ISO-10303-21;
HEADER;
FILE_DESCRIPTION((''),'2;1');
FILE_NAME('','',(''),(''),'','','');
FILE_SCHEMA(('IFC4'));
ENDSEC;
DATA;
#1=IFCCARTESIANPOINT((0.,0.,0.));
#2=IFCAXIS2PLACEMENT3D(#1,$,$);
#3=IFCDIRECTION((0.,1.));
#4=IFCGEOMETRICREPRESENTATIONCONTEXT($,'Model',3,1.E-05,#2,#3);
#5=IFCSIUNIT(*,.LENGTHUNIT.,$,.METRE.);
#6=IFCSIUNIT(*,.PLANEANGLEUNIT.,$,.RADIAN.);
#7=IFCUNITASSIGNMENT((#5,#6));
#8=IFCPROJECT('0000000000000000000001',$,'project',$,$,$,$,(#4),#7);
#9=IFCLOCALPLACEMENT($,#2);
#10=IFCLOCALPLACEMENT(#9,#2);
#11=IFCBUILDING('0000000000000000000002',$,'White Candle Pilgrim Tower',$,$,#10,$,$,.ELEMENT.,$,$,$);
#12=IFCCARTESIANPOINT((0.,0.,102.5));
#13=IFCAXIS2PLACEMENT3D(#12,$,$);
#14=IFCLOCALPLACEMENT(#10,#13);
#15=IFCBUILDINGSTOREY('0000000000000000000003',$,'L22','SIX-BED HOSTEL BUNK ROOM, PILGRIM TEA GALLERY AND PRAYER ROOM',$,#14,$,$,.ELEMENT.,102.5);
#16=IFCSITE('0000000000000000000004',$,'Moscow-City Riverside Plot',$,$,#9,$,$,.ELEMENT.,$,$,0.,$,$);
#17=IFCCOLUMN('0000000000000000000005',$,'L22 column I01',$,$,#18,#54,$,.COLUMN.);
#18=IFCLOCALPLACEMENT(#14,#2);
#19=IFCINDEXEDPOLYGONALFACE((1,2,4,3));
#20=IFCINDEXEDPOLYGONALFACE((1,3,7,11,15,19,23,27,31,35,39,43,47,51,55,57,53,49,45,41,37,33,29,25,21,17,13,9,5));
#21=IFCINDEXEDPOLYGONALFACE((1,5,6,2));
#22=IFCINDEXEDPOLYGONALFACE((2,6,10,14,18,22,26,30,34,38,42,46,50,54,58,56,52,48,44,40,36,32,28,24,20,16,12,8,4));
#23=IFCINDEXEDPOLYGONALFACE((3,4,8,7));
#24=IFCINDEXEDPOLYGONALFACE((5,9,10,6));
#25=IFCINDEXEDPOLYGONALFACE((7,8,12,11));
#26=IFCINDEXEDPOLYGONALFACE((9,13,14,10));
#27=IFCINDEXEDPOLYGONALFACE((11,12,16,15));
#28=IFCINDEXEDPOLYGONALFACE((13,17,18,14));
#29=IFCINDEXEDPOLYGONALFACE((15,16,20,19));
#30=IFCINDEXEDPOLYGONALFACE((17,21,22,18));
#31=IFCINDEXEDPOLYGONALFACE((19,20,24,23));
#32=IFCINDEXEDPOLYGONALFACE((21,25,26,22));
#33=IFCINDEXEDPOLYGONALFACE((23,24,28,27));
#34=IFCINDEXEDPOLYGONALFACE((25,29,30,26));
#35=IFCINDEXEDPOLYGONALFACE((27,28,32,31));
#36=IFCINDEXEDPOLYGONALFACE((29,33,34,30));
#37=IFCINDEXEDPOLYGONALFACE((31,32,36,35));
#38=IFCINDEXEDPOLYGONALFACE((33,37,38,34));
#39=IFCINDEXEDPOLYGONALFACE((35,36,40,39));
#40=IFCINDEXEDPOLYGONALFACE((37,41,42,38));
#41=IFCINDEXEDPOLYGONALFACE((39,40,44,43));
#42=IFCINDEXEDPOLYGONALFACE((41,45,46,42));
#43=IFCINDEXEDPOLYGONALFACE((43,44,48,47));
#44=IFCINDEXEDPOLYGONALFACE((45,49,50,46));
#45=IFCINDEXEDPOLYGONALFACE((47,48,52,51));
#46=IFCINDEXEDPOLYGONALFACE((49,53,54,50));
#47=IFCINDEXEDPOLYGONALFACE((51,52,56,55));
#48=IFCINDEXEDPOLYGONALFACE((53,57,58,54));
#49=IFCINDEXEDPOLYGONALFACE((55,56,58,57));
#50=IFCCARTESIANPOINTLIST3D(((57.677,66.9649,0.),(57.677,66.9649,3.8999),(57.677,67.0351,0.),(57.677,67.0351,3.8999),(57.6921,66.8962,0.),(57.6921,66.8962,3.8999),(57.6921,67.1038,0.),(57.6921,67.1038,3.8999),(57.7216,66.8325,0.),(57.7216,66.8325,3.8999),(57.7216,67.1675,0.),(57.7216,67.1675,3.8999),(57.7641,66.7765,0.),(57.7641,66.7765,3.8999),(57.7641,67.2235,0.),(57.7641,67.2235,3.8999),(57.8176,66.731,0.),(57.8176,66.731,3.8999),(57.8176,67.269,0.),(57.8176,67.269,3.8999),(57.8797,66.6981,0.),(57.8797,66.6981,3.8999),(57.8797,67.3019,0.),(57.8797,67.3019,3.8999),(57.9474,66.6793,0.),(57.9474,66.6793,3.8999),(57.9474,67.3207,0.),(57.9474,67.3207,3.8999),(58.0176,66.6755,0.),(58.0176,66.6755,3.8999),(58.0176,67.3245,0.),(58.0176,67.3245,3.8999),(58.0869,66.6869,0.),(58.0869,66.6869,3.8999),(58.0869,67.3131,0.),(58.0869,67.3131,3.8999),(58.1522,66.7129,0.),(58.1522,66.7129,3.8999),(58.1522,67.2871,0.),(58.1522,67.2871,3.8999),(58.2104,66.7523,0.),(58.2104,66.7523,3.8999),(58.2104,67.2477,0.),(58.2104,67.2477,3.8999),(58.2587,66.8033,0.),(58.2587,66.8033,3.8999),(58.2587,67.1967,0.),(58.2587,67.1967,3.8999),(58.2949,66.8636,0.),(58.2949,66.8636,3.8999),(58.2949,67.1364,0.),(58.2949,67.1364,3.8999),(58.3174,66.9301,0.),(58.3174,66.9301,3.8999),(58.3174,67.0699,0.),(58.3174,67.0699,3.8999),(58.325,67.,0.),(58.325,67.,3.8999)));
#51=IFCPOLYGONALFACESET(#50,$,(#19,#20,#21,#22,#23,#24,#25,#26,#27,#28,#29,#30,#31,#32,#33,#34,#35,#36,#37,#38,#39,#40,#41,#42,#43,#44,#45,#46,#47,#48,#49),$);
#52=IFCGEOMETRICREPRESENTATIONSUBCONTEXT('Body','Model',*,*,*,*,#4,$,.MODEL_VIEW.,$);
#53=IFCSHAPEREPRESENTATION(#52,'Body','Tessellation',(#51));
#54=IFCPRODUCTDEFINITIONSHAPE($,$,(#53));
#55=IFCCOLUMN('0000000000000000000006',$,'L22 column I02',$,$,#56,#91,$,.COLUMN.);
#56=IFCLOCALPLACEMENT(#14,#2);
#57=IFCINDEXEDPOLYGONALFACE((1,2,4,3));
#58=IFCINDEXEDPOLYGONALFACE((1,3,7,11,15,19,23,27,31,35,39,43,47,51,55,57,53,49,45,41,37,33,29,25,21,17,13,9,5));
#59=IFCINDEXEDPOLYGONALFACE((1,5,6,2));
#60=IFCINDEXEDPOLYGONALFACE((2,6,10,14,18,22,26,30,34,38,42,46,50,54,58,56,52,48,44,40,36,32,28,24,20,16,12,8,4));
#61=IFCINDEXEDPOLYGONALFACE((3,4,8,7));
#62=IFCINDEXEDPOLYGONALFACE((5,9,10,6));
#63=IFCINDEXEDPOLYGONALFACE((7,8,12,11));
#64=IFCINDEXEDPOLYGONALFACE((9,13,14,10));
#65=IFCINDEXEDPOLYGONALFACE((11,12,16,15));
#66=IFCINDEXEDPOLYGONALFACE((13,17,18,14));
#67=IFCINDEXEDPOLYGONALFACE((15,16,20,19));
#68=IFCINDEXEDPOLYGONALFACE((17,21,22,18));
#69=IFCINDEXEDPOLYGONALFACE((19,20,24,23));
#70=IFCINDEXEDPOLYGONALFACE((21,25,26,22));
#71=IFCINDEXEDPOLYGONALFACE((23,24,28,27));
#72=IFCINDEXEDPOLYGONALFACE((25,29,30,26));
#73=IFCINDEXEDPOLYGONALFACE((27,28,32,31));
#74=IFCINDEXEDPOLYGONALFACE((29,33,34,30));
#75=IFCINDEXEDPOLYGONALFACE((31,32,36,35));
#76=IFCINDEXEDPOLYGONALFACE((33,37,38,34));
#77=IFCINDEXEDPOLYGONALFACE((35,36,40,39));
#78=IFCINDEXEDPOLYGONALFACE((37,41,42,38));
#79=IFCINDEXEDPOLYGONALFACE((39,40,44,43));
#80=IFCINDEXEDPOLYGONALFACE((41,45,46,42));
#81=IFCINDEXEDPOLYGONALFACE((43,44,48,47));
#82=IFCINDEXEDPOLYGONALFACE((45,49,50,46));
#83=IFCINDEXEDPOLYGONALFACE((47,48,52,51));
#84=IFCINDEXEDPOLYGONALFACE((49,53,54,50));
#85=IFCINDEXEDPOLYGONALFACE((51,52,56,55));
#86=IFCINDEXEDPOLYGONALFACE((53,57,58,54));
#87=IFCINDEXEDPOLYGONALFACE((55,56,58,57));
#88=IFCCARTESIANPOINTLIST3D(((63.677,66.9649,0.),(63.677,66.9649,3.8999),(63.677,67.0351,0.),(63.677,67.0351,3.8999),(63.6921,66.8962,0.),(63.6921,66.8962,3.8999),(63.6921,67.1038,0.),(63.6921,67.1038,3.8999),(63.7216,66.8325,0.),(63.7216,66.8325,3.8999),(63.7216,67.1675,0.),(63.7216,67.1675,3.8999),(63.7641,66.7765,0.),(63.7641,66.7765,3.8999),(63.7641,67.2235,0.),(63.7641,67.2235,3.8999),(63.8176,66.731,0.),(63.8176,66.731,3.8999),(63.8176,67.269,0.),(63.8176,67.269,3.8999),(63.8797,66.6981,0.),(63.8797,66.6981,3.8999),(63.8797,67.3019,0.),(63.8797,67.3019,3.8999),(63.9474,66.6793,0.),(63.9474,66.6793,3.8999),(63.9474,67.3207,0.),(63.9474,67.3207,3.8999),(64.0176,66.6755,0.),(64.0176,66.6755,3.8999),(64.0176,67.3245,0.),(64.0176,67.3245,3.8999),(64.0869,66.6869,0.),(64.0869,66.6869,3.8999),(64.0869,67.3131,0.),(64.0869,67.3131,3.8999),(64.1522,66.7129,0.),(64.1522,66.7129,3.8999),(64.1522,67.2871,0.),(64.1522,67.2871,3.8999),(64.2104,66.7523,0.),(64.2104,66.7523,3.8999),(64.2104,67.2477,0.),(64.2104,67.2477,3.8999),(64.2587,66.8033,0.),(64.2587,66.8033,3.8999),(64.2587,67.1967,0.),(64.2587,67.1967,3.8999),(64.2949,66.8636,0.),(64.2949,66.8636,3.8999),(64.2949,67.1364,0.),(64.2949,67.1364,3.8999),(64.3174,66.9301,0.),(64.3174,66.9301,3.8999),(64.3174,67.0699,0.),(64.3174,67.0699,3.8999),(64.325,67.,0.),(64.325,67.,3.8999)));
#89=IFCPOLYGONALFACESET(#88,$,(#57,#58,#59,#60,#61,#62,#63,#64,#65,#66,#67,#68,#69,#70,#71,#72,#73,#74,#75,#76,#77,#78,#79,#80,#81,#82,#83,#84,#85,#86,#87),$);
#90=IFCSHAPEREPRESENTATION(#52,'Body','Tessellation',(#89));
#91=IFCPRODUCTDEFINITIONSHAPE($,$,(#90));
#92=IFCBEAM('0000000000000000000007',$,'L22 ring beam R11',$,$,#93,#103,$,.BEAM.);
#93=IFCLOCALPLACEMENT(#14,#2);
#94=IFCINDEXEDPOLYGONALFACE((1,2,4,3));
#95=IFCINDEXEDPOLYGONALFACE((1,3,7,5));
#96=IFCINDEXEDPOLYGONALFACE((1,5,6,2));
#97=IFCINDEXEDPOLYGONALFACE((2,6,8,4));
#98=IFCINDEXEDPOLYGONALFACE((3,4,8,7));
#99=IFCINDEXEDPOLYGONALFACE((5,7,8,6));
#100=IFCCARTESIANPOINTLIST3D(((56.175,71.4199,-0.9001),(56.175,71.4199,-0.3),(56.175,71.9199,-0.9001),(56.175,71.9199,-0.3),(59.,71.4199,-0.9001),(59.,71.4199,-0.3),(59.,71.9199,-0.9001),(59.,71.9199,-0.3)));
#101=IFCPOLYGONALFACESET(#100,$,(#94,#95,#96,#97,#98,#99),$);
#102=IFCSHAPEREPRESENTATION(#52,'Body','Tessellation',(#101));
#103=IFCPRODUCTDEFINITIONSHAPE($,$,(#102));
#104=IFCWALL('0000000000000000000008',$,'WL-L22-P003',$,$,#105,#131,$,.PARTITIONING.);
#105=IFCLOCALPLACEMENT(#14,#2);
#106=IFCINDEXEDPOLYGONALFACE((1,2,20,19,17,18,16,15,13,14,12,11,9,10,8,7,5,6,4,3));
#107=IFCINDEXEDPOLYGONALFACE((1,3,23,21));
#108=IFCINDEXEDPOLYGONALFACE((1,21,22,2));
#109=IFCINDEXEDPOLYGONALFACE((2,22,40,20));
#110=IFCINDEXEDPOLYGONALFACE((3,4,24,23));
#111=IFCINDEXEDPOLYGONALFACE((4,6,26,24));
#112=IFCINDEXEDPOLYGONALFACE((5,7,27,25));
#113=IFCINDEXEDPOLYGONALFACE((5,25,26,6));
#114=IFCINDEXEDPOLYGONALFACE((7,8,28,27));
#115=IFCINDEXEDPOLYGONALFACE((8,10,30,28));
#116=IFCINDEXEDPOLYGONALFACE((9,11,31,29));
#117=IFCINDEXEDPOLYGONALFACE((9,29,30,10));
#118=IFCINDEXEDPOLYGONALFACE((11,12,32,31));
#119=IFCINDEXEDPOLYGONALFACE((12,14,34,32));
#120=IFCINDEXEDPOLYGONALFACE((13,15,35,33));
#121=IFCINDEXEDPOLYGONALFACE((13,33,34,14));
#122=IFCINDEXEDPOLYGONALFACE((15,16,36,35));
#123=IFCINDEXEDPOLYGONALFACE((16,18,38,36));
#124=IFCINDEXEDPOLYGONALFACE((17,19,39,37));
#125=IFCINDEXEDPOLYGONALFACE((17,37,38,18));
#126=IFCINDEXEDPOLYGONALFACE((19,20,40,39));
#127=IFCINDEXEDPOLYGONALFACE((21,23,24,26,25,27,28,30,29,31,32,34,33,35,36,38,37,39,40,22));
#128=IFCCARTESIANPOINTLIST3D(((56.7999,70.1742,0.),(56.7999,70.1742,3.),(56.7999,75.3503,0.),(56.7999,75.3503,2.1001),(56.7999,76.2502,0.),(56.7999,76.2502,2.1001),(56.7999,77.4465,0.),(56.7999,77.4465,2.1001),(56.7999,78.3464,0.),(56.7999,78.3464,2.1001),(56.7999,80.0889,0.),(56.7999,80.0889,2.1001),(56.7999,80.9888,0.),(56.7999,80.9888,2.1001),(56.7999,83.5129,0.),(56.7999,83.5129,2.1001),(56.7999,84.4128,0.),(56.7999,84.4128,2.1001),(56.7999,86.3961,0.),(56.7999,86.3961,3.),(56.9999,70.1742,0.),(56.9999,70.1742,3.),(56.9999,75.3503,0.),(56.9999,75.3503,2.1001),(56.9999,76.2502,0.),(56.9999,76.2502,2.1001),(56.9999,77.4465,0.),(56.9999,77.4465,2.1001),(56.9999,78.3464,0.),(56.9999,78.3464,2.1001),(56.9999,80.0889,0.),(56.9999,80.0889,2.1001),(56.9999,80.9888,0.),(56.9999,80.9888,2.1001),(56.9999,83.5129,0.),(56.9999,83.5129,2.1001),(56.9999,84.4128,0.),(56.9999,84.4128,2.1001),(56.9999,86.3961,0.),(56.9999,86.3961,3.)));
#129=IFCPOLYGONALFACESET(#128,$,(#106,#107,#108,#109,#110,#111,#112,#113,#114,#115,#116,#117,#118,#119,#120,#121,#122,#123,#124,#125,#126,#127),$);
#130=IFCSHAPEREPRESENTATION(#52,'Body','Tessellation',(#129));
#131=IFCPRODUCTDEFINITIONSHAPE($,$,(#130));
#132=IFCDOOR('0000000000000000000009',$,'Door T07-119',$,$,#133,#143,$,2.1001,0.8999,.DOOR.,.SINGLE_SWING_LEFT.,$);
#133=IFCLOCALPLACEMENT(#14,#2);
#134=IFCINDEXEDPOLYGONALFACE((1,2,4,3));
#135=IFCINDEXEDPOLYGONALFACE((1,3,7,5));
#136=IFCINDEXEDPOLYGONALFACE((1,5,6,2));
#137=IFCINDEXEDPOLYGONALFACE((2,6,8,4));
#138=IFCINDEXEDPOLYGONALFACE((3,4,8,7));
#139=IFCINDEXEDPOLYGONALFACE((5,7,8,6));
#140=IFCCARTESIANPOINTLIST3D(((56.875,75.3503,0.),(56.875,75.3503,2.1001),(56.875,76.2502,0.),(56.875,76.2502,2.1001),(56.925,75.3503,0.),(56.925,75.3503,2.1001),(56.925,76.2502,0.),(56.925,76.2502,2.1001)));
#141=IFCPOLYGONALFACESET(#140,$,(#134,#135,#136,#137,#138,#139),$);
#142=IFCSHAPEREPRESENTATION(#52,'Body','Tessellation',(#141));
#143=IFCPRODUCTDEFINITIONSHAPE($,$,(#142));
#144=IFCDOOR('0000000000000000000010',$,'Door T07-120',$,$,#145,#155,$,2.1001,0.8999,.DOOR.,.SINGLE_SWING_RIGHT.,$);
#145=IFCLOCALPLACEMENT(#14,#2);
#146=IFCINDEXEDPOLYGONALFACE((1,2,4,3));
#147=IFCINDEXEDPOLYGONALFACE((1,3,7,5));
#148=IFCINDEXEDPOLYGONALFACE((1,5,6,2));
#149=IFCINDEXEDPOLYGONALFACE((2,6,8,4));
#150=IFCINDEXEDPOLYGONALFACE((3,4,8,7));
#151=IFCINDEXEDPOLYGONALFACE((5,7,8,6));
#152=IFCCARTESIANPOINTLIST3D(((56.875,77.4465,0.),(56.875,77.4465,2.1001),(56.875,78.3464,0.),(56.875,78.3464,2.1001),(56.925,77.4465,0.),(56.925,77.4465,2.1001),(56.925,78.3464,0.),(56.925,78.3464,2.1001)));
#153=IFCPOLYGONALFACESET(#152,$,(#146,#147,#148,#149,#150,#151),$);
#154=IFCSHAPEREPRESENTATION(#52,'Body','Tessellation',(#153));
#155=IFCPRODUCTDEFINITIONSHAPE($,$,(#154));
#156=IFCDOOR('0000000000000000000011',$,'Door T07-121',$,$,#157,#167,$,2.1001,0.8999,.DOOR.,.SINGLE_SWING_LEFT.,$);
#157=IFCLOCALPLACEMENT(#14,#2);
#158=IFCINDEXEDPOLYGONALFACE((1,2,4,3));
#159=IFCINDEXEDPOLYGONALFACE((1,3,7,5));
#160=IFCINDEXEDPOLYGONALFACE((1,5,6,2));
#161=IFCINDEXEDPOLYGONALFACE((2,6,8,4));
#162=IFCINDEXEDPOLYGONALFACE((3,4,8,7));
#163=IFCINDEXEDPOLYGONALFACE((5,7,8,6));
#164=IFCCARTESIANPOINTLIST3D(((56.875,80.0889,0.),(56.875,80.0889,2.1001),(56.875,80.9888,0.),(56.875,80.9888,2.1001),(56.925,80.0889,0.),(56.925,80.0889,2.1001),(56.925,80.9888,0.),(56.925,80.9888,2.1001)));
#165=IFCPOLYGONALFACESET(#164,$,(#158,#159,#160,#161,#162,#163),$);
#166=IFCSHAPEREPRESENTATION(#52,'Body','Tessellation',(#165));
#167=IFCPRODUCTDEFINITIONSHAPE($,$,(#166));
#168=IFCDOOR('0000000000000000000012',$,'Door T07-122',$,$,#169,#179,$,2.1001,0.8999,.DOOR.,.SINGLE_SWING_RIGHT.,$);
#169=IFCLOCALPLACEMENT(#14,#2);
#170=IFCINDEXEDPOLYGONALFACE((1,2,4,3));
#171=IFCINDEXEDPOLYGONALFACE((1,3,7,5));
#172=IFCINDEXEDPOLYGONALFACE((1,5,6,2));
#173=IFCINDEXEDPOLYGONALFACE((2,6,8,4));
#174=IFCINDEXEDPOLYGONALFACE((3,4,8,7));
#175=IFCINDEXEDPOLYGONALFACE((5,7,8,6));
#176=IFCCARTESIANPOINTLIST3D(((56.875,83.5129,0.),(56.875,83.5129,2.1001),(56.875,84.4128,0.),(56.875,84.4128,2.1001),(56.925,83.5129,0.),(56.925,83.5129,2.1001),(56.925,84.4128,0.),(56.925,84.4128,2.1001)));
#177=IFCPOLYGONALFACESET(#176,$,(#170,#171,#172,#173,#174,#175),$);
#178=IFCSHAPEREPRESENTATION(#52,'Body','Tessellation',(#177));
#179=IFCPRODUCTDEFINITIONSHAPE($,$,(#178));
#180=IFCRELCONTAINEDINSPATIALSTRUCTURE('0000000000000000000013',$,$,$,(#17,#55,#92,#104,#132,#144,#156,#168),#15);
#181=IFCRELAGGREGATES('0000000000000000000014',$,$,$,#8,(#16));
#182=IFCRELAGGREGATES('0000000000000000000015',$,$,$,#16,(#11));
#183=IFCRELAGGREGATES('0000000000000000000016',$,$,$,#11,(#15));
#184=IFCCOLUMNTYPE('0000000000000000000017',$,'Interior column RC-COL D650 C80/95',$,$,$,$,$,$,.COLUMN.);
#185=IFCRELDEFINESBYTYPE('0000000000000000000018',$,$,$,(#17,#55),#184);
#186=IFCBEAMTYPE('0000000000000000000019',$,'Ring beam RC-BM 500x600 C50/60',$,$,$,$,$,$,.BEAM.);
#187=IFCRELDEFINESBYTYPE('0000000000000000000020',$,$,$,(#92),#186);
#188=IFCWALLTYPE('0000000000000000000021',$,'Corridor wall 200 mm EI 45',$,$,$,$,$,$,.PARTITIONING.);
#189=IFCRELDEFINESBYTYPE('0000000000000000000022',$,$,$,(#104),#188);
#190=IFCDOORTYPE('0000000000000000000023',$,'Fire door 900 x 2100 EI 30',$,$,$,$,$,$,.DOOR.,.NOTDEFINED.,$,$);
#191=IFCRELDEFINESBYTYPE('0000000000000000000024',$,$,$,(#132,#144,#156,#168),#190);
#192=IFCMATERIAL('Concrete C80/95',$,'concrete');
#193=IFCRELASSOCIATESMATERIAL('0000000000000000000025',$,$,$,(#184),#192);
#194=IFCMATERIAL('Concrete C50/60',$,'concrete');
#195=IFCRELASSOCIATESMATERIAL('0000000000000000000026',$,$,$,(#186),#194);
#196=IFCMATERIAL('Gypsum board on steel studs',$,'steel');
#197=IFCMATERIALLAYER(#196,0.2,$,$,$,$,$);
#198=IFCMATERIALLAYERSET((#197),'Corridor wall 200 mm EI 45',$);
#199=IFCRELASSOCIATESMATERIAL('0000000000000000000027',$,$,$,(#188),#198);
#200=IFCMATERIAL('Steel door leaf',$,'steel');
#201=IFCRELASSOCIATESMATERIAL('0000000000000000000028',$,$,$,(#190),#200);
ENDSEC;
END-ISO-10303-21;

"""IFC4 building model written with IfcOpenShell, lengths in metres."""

from ifc_helpers import new_model, si_unit, direction, frame, frame_2d, origin, origin_2d, place, context, subcontext, project, spatial, rectangle, circle, extrude, material, layer, layer_set, material_profile, profile_set, type_object, element, fill, save


model = new_model("IFC4")

# Units and contexts
model_context = context("Model", 3, precision=1e-05, world=origin(), true_north=direction((0.0, 1.0)))
body_context = subcontext(model_context, "Body", "Model", "MODEL_VIEW")
ifc_project = project(units=[si_unit("LENGTHUNIT", "METRE"), si_unit("PLANEANGLEUNIT", "RADIAN")], contexts=[model_context])

# Site, building, storey
site_placement = place(None, origin())
site = spatial("IfcSite", under=ifc_project, at=site_placement, Name="Moscow-City Riverside Plot", CompositionType="ELEMENT", RefElevation=0.0)
building_placement = place(site_placement, origin())
building = spatial("IfcBuilding", under=site, at=building_placement, Name="White Candle Pilgrim Tower", CompositionType="ELEMENT")
storey_placement = place(building_placement, frame((0.0, 0.0, 102.5)))
storey = spatial("IfcBuildingStorey", under=building, at=storey_placement, Name="L22", Description="SIX-BED HOSTEL BUNK ROOM, PILGRIM TEA GALLERY AND PRAYER ROOM", CompositionType="ELEMENT", Elevation=102.5)

# Columns
ifc_material_1 = material(Name="Concrete C80/95", Category="concrete")
ifc_material_profile_1 = material_profile(ifc_material_1, circle(Radius=0.325, at=origin_2d()), Name="RC-COL D650")
ifc_profile_set_1 = profile_set([ifc_material_profile_1], Name="Concrete C80/95")
column_type = type_object("IfcColumnType", Name="Interior column RC-COL D650 C80/95", PredefinedType="COLUMN", material=ifc_profile_set_1)
for number, where, z_axis, x_axis, name in (
    (1, (58.0, 67.0, 0.0), (0.0, 0.0, 1.0), (1.0, 0.0, 0.0), "L22 column I01"),
    (2, (64.0, 67.0, 0.0), (0.0, 0.0, 1.0), (1.0, 0.0, 0.0), "L22 column I02"),
):
    element("IfcColumn", number, at=place(storey_placement, frame(where, z_axis=z_axis, x_axis=x_axis)), inside=storey, type_object=column_type, Name=name, PredefinedType="COLUMN", context=body_context, shape_type="SweptSolid", body=[
        extrude(circle(Radius=0.325, at=origin_2d()), origin(), (0.0, 0.0, 1.0), 3.8999),
    ])

# Beam
ifc_material_2 = material(Name="Concrete C50/60", Category="concrete")
ifc_material_profile_2 = material_profile(ifc_material_2, rectangle(XDim=0.5, YDim=0.6001, at=origin_2d()), Name="RC-BM 500x600")
ifc_profile_set_2 = profile_set([ifc_material_profile_2], Name="Concrete C50/60")
beam_type = type_object("IfcBeamType", Name="Ring beam RC-BM 500x600 C50/60", PredefinedType="BEAM", material=ifc_profile_set_2)
beam_placement = place(storey_placement, frame((56.175, 71.6699, -0.6001), z_axis=(1.0, 0.0, 0.0), x_axis=(0.0, 1.0, 0.0)))
element("IfcBeam", 3, at=beam_placement, inside=storey, type_object=beam_type, Name="L22 ring beam R11", PredefinedType="BEAM", context=body_context, shape_type="SweptSolid", body=[
    extrude(rectangle(XDim=0.5, YDim=0.6001, at=origin_2d()), origin(), (0.0, 0.0, 1.0), 2.825),
])

# Wall, openings, doors
ifc_material_3 = material(Name="Gypsum board on steel studs", Category="steel")
ifc_layer_1 = layer(ifc_material_3, 0.2)
ifc_layer_set_1 = layer_set([ifc_layer_1], Name="Corridor wall 200 mm EI 45")
wall_type_1 = type_object("IfcWallType", Name="Corridor wall 200 mm EI 45", PredefinedType="PARTITIONING", material=ifc_layer_set_1)
wall_1_placement = place(storey_placement, frame((56.8999, 70.1743, 0.0), z_axis=(0.0, 0.0, 1.0), x_axis=(0.0, 1.0, 0.0)))
wall_1 = element("IfcWall", 4, at=wall_1_placement, inside=storey, type_object=wall_type_1, Name="WL-L22-P003", PredefinedType="PARTITIONING", context=body_context, shape_type="SweptSolid", body=[
    extrude(rectangle(XDim=16.2219, YDim=0.2, at=frame_2d((8.1108, 0.0))), origin(), (0.0, 0.0, 1.0), 3.0),
])
opening_1_placement = place(wall_1_placement, frame((5.176, 0.0, 0.0)))
opening_1 = element("IfcOpeningElement", 5, at=opening_1_placement, cuts=wall_1, PredefinedType="OPENING", context=body_context, shape_type="SweptSolid", body=[
    extrude(rectangle(XDim=0.8999, YDim=2.1001, at=frame_2d((0.45, 1.05))), frame((0.0, 0.1099, 0.0), z_axis=(0.0, -1.0, 0.0), x_axis=(1.0, 0.0, 0.0)), (0.0, 0.0, 1.0), 0.22),
])
opening_2_placement = place(wall_1_placement, frame((7.2722, 0.0, 0.0)))
opening_2 = element("IfcOpeningElement", 6, at=opening_2_placement, cuts=wall_1, PredefinedType="OPENING", context=body_context, shape_type="SweptSolid", body=[
    extrude(rectangle(XDim=0.8999, YDim=2.1001, at=frame_2d((0.45, 1.05))), frame((0.0, 0.1099, 0.0), z_axis=(0.0, -1.0, 0.0), x_axis=(1.0, 0.0, 0.0)), (0.0, 0.0, 1.0), 0.22),
])
opening_3_placement = place(wall_1_placement, frame((9.9146, 0.0, 0.0)))
opening_3 = element("IfcOpeningElement", 7, at=opening_3_placement, cuts=wall_1, PredefinedType="OPENING", context=body_context, shape_type="SweptSolid", body=[
    extrude(rectangle(XDim=0.8999, YDim=2.1001, at=frame_2d((0.45, 1.05))), frame((0.0, 0.1099, 0.0), z_axis=(0.0, -1.0, 0.0), x_axis=(1.0, 0.0, 0.0)), (0.0, 0.0, 1.0), 0.22),
])
opening_4_placement = place(wall_1_placement, frame((13.3386, 0.0, 0.0)))
opening_4 = element("IfcOpeningElement", 8, at=opening_4_placement, cuts=wall_1, PredefinedType="OPENING", context=body_context, shape_type="SweptSolid", body=[
    extrude(rectangle(XDim=0.8999, YDim=2.1001, at=frame_2d((0.45, 1.05))), frame((0.0, 0.1099, 0.0), z_axis=(0.0, -1.0, 0.0), x_axis=(1.0, 0.0, 0.0)), (0.0, 0.0, 1.0), 0.22),
])
ifc_material_4 = material(Name="Steel door leaf", Category="steel")
door_type_1 = type_object("IfcDoorType", Name="Fire door 900 x 2100 EI 30", OperationType="NOTDEFINED", PredefinedType="DOOR", material=ifc_material_4)
door_1_placement = place(opening_1_placement, origin())
door_1 = element("IfcDoor", 9, at=door_1_placement, inside=storey, type_object=door_type_1, Name="Door T07-119", OperationType="SINGLE_SWING_LEFT", OverallHeight=2.1001, OverallWidth=0.8999, PredefinedType="DOOR", context=body_context, shape_type="SweptSolid", body=[
    extrude(rectangle(XDim=0.8999, YDim=2.1001, at=frame_2d((0.45, 1.05))), frame((0.0, 0.0249, 0.0), z_axis=(0.0, -1.0, 0.0), x_axis=(1.0, 0.0, 0.0)), (0.0, 0.0, 1.0), 0.05),
])
fill(opening_1, door_1)
door_2_placement = place(opening_2_placement, origin())
door_2 = element("IfcDoor", 10, at=door_2_placement, inside=storey, type_object=door_type_1, Name="Door T07-120", OperationType="SINGLE_SWING_RIGHT", OverallHeight=2.1001, OverallWidth=0.8999, PredefinedType="DOOR", context=body_context, shape_type="SweptSolid", body=[
    extrude(rectangle(XDim=0.8999, YDim=2.1001, at=frame_2d((0.45, 1.05))), frame((0.0, 0.0249, 0.0), z_axis=(0.0, -1.0, 0.0), x_axis=(1.0, 0.0, 0.0)), (0.0, 0.0, 1.0), 0.05),
])
fill(opening_2, door_2)
door_3_placement = place(opening_3_placement, origin())
door_3 = element("IfcDoor", 11, at=door_3_placement, inside=storey, type_object=door_type_1, Name="Door T07-121", OperationType="SINGLE_SWING_LEFT", OverallHeight=2.1001, OverallWidth=0.8999, PredefinedType="DOOR", context=body_context, shape_type="SweptSolid", body=[
    extrude(rectangle(XDim=0.8999, YDim=2.1001, at=frame_2d((0.45, 1.05))), frame((0.0, 0.0249, 0.0), z_axis=(0.0, -1.0, 0.0), x_axis=(1.0, 0.0, 0.0)), (0.0, 0.0, 1.0), 0.05),
])
fill(opening_3, door_3)
door_4_placement = place(opening_4_placement, origin())
door_4 = element("IfcDoor", 12, at=door_4_placement, inside=storey, type_object=door_type_1, Name="Door T07-122", OperationType="SINGLE_SWING_RIGHT", OverallHeight=2.1001, OverallWidth=0.8999, PredefinedType="DOOR", context=body_context, shape_type="SweptSolid", body=[
    extrude(rectangle(XDim=0.8999, YDim=2.1001, at=frame_2d((0.45, 1.05))), frame((0.0, 0.0249, 0.0), z_axis=(0.0, -1.0, 0.0), x_axis=(1.0, 0.0, 0.0)), (0.0, 0.0, 1.0), 0.05),
])
fill(opening_4, door_4)

save(model, "model.ifc")
